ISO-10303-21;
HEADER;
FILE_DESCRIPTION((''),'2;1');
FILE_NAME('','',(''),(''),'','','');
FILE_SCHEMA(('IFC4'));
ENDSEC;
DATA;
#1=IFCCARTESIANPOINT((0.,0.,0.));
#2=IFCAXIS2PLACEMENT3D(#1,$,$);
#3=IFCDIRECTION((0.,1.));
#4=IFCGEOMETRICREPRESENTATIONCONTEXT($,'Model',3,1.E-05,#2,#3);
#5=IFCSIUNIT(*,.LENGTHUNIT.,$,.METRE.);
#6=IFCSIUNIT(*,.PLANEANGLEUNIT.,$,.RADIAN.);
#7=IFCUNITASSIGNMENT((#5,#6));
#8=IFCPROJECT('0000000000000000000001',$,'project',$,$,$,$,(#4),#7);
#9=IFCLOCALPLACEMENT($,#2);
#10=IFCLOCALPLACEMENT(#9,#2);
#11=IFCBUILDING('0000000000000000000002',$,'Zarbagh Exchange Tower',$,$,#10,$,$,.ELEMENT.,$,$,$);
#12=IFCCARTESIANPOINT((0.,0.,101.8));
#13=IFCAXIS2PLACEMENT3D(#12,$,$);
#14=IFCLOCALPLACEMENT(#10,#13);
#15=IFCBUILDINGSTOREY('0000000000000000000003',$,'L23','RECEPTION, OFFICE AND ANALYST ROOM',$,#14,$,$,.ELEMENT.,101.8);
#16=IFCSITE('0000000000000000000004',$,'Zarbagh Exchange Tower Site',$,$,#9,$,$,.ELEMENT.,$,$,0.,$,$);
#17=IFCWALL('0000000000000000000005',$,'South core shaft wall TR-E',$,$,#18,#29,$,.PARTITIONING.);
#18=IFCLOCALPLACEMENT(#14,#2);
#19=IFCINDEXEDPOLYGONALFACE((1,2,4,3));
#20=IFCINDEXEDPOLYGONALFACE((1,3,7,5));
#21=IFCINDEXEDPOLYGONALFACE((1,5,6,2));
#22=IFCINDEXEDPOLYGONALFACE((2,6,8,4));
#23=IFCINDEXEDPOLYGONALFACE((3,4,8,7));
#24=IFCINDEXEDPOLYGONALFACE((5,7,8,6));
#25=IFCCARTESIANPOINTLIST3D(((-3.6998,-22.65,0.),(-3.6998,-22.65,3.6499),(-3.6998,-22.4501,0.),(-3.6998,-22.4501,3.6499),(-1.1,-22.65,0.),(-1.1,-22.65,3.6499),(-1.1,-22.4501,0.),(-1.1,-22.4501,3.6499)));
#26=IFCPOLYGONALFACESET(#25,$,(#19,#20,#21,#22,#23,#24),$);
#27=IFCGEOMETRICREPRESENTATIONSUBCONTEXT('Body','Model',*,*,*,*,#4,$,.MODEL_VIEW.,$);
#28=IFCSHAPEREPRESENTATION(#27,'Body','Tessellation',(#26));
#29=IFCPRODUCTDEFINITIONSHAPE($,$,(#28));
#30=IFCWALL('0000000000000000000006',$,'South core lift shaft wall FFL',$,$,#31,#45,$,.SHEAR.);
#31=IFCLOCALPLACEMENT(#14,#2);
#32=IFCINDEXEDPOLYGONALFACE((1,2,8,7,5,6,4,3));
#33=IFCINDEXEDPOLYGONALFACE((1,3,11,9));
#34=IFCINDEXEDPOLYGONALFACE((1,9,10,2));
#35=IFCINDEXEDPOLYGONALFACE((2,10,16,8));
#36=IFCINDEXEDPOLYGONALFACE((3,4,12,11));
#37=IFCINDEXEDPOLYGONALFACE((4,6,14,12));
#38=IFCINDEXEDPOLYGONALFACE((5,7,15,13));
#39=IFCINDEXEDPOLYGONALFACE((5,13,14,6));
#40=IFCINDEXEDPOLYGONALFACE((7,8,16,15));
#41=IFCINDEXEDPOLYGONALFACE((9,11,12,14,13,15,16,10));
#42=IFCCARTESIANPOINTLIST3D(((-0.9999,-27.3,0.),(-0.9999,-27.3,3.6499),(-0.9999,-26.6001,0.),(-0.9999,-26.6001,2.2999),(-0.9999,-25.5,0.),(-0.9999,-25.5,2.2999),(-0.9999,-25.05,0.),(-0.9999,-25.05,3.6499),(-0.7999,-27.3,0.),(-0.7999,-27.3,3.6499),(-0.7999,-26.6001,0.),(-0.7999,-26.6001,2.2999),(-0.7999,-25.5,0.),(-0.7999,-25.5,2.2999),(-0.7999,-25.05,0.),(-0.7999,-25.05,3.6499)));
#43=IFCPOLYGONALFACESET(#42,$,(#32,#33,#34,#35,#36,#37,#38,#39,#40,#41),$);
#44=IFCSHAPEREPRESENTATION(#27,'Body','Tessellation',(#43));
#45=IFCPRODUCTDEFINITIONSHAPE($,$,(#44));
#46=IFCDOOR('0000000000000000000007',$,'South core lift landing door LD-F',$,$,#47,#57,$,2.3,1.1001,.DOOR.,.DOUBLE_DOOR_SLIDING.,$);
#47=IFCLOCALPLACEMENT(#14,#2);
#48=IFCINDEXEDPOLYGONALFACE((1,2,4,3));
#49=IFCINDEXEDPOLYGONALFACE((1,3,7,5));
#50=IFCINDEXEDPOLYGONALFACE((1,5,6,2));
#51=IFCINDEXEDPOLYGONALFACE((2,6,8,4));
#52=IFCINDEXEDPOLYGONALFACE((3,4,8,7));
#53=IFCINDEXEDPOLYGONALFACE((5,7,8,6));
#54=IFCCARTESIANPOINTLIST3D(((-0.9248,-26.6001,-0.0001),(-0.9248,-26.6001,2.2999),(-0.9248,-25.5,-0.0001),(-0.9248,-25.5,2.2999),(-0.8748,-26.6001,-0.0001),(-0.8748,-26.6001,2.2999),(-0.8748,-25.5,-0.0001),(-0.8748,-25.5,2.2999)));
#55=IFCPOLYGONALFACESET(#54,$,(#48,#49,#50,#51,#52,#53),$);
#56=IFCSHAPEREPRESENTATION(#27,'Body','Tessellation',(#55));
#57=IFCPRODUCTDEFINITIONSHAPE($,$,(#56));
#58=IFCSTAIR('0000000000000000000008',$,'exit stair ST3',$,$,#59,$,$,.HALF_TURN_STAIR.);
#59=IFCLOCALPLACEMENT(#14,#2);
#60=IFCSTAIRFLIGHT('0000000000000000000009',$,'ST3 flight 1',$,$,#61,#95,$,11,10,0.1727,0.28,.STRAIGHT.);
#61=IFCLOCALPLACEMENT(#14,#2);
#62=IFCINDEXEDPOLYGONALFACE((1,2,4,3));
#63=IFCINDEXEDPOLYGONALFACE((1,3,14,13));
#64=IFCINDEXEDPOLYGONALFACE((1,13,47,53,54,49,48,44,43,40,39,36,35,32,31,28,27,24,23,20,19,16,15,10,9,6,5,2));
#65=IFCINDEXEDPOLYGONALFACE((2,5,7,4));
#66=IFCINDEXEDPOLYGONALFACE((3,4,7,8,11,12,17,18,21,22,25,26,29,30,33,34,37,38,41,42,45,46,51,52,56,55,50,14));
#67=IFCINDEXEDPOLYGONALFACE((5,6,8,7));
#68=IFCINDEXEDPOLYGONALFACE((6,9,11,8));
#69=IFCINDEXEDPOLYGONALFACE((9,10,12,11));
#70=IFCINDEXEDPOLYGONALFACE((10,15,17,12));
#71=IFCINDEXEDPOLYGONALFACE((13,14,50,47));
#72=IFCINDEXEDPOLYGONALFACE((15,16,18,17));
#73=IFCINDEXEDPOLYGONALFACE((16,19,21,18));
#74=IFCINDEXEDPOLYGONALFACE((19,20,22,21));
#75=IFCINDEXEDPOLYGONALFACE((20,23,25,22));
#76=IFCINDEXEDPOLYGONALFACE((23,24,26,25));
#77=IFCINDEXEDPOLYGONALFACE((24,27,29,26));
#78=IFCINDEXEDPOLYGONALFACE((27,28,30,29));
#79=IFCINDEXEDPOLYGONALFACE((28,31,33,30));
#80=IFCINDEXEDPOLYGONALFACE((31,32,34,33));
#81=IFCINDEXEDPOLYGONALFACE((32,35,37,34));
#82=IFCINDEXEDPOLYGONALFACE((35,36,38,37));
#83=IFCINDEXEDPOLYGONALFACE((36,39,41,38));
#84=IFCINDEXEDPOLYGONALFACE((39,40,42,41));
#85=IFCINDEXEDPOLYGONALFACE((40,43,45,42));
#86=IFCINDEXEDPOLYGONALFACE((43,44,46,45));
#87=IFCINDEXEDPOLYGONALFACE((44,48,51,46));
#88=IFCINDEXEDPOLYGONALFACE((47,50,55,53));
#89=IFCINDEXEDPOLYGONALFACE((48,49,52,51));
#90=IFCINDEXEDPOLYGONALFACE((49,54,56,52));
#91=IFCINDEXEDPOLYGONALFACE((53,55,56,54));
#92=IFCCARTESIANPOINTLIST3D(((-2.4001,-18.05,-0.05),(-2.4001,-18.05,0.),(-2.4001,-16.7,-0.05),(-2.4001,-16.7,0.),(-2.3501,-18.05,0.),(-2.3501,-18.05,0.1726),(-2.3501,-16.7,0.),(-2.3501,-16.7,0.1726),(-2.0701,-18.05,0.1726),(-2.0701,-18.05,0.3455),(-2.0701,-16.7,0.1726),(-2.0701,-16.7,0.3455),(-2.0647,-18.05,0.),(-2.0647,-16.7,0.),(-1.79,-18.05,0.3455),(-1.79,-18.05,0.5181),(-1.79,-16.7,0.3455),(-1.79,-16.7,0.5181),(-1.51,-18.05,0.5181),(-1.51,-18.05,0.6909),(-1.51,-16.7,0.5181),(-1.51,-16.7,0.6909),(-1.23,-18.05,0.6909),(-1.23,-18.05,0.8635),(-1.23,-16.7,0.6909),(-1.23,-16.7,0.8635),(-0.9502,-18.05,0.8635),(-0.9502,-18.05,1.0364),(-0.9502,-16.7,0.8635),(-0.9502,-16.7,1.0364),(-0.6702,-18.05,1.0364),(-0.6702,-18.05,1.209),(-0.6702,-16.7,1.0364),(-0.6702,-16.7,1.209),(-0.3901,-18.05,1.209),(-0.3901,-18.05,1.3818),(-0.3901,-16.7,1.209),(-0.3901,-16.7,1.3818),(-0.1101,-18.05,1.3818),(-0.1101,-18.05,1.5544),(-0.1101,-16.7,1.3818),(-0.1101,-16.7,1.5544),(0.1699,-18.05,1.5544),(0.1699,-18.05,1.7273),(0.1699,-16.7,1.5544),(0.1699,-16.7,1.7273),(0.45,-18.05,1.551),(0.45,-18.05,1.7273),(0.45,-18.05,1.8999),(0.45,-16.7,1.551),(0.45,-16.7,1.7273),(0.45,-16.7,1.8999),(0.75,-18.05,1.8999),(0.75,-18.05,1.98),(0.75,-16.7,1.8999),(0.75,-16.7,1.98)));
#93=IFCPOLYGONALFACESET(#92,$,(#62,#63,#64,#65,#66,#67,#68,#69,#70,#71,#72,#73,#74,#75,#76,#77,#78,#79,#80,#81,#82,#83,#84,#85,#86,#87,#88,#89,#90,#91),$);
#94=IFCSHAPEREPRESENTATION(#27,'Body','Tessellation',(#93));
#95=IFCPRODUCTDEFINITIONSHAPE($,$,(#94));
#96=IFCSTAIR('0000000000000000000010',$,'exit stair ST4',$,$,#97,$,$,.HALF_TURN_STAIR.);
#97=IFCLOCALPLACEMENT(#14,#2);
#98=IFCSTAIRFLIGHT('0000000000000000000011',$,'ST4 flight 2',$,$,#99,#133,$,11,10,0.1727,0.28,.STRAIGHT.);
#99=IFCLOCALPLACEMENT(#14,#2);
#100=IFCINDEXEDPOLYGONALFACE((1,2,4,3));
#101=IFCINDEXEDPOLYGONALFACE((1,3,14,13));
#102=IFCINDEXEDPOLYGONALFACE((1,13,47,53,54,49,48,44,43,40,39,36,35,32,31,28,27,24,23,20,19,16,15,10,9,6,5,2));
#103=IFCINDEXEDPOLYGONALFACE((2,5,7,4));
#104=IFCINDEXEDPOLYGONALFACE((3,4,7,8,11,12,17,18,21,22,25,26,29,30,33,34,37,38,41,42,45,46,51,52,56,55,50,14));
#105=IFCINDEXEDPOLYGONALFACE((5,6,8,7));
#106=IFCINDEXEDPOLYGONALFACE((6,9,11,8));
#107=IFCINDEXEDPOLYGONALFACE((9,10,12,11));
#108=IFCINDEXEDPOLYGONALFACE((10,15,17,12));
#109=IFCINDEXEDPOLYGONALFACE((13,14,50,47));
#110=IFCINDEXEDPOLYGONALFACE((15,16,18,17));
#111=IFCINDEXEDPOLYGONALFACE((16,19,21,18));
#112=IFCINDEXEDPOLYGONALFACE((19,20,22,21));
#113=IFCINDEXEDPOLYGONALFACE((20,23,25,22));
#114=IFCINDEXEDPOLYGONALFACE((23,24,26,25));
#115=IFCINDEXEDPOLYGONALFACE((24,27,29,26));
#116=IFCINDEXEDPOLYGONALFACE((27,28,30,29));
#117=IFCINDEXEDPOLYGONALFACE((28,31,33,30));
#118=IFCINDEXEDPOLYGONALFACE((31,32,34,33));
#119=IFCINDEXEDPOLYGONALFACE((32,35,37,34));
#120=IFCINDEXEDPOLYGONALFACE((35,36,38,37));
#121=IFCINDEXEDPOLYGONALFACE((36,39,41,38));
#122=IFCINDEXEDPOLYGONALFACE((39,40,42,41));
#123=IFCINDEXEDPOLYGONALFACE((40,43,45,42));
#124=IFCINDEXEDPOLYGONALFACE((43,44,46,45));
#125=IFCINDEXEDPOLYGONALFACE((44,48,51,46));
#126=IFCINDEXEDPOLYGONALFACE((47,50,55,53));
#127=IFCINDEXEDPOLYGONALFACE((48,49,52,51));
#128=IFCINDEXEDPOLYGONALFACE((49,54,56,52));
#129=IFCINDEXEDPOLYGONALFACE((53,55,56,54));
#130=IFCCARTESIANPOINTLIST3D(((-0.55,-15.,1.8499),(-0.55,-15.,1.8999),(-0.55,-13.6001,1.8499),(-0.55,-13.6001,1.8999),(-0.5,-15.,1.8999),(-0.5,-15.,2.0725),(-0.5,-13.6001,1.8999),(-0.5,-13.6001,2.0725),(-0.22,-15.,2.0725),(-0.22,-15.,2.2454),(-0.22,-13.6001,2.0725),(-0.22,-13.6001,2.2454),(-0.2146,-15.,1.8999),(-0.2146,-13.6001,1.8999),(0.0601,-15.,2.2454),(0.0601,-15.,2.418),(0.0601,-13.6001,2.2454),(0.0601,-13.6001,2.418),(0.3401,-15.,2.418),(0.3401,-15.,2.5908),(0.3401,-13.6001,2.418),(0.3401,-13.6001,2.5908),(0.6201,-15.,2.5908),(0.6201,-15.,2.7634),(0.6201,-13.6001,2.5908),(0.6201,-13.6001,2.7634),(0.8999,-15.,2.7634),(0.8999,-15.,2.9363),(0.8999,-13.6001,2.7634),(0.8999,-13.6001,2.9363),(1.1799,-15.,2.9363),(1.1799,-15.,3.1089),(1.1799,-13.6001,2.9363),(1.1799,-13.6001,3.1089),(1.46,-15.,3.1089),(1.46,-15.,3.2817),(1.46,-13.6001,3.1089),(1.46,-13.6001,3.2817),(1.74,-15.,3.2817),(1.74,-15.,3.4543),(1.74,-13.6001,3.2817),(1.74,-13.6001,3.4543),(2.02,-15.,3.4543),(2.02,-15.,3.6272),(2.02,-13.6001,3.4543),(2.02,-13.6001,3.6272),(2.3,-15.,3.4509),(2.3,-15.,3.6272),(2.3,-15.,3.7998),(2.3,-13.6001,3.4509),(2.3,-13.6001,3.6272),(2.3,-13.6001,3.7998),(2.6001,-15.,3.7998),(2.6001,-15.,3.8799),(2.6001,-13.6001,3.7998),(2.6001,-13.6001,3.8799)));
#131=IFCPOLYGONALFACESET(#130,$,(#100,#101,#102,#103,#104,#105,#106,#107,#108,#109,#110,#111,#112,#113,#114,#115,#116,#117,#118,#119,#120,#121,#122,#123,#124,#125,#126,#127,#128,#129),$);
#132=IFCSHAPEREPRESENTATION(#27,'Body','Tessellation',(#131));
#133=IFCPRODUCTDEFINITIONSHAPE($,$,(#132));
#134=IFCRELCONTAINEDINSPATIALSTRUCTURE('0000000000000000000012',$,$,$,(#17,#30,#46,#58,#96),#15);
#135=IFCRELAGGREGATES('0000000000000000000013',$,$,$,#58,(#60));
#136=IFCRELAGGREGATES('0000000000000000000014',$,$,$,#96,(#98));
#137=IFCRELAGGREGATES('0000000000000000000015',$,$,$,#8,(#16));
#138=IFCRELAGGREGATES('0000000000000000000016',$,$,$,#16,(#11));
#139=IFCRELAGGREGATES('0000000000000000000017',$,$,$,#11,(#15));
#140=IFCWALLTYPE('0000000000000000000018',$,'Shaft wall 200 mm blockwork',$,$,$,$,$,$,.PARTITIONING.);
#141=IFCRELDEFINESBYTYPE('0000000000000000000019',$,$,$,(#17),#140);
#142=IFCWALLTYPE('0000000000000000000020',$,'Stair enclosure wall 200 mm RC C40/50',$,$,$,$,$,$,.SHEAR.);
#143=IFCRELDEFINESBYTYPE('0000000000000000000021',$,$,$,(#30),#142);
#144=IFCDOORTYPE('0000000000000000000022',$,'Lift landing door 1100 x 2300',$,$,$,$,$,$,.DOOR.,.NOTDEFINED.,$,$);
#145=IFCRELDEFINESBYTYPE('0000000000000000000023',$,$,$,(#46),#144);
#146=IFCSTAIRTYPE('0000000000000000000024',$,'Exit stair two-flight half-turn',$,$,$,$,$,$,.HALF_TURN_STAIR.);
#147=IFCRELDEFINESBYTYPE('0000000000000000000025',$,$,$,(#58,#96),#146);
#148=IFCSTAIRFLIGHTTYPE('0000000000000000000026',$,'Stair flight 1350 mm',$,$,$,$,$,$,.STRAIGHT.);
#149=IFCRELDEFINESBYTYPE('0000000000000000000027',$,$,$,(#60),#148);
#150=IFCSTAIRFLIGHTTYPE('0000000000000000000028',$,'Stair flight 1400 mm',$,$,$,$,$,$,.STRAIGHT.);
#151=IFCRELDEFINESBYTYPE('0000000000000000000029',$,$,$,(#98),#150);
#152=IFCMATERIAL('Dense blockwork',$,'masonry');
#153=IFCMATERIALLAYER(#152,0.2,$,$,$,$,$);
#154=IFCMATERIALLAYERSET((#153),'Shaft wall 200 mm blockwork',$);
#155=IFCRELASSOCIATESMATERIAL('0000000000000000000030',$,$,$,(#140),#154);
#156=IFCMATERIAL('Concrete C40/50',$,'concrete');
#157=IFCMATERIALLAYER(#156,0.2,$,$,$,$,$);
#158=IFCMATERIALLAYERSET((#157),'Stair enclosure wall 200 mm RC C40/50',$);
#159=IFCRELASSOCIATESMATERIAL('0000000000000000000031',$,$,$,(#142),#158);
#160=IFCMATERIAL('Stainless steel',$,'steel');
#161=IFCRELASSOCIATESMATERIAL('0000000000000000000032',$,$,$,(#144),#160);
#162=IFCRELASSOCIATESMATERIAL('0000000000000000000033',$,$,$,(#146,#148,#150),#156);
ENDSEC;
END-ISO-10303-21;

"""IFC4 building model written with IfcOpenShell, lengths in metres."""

from ifc_helpers import new_model, si_unit, direction, frame, frame_2d, origin, place, context, subcontext, project, spatial, polyline, rectangle, outline, extrude, material, layer, layer_set, type_object, element, fill, aggregate, save


model = new_model("IFC4")

# Units and contexts
model_context = context("Model", 3, precision=1e-05, world=origin(), true_north=direction((0.0, 1.0)))
body_context = subcontext(model_context, "Body", "Model", "MODEL_VIEW")
ifc_project = project(units=[si_unit("LENGTHUNIT", "METRE"), si_unit("PLANEANGLEUNIT", "RADIAN")], contexts=[model_context])

# Site, building, storey
site_placement = place(None, origin())
site = spatial("IfcSite", under=ifc_project, at=site_placement, Name="Zarbagh Exchange Tower Site", CompositionType="ELEMENT", RefElevation=0.0)
building_placement = place(site_placement, origin())
building = spatial("IfcBuilding", under=site, at=building_placement, Name="Zarbagh Exchange Tower", CompositionType="ELEMENT")
storey_placement = place(building_placement, frame((0.0, 0.0, 101.8)))
storey = spatial("IfcBuildingStorey", under=building, at=storey_placement, Name="L23", Description="RECEPTION, OFFICE AND ANALYST ROOM", CompositionType="ELEMENT", Elevation=101.8)

# Shared definitions
ifc_material_1 = material(Name="Concrete C40/50", Category="concrete")

# Wall
ifc_material_2 = material(Name="Dense blockwork", Category="masonry")
ifc_layer_1 = layer(ifc_material_2, 0.2)
ifc_layer_set_1 = layer_set([ifc_layer_1], Name="Shaft wall 200 mm blockwork")
wall_type_1 = type_object("IfcWallType", Name="Shaft wall 200 mm blockwork", PredefinedType="PARTITIONING", material=ifc_layer_set_1)
wall_1_placement = place(storey_placement, frame((-1.1001, -22.55, 0.0), z_axis=(0.0, 0.0, 1.0), x_axis=(-1.0, 0.0, 0.0)))
element("IfcWall", 1, at=wall_1_placement, inside=storey, type_object=wall_type_1, Name="South core shaft wall TR-E", PredefinedType="PARTITIONING", context=body_context, shape_type="SweptSolid", body=[
    extrude(rectangle(XDim=2.5999, YDim=0.2, at=frame_2d((1.2998, 0.0))), origin(), (0.0, 0.0, 1.0), 3.6499),
])

# Wall, opening, door
ifc_layer_2 = layer(ifc_material_1, 0.2)
ifc_layer_set_2 = layer_set([ifc_layer_2], Name="Stair enclosure wall 200 mm RC C40/50")
wall_type_2 = type_object("IfcWallType", Name="Stair enclosure wall 200 mm RC C40/50", PredefinedType="SHEAR", material=ifc_layer_set_2)
wall_2_placement = place(storey_placement, frame((-0.8999, -27.3, 0.0), z_axis=(0.0, 0.0, 1.0), x_axis=(0.0, 1.0, 0.0)))
wall_2 = element("IfcWall", 2, at=wall_2_placement, inside=storey, type_object=wall_type_2, Name="South core lift shaft wall FFL", PredefinedType="SHEAR", context=body_context, shape_type="SweptSolid", body=[
    extrude(rectangle(XDim=2.25, YDim=0.2, at=frame_2d((1.125, 0.0))), origin(), (0.0, 0.0, 1.0), 3.6499),
])
opening_1_placement = place(wall_2_placement, frame((0.7, 0.0, 0.0)))
opening_1 = element("IfcOpeningElement", 3, at=opening_1_placement, cuts=wall_2, PredefinedType="OPENING", context=body_context, shape_type="SweptSolid", body=[
    extrude(rectangle(XDim=1.1001, YDim=2.3, at=frame_2d((0.55, 1.1499))), frame((0.0, 0.1099, 0.0), z_axis=(0.0, -1.0, 0.0), x_axis=(1.0, 0.0, 0.0)), (0.0, 0.0, 1.0), 0.22),
])
ifc_material_3 = material(Name="Stainless steel", Category="steel")
door_type_1 = type_object("IfcDoorType", Name="Lift landing door 1100 x 2300", OperationType="NOTDEFINED", PredefinedType="DOOR", material=ifc_material_3)
door_1_placement = place(opening_1_placement, origin())
door_1 = element("IfcDoor", 4, at=door_1_placement, inside=storey, type_object=door_type_1, Name="South core lift landing door LD-F", OperationType="DOUBLE_DOOR_SLIDING", OverallHeight=2.3, OverallWidth=1.1001, PredefinedType="DOOR", context=body_context, shape_type="SweptSolid", body=[
    extrude(rectangle(XDim=1.1001, YDim=2.3, at=frame_2d((0.55, 1.1499))), frame((0.0, 0.0249, 0.0), z_axis=(0.0, -1.0, 0.0), x_axis=(1.0, 0.0, 0.0)), (0.0, 0.0, 1.0), 0.05),
])
fill(opening_1, door_1)

# Stairs, stair flights
stair_type = type_object("IfcStairType", Name="Exit stair two-flight half-turn", PredefinedType="HALF_TURN_STAIR", material=ifc_material_1)
stair_1_placement = place(storey_placement, origin())
stair_1 = element("IfcStair", 5, at=stair_1_placement, inside=storey, type_object=stair_type, Name="exit stair ST3", PredefinedType="HALF_TURN_STAIR")
stair_flight_type_1 = type_object("IfcStairFlightType", Name="Stair flight 1350 mm", PredefinedType="STRAIGHT", material=ifc_material_1)
stair_flight_1_placement = place(storey_placement, frame((-2.3501, -17.375, 0.0), z_axis=(0.0, 0.0, 1.0), x_axis=(1.0, 0.0, 0.0)))
stair_flight_1 = element("IfcStairFlight", 6, at=stair_flight_1_placement, type_object=stair_flight_type_1, Name="ST3 flight 1", NumberOfRisers=11, NumberOfTreads=10, PredefinedType="STRAIGHT", RiserHeight=0.1727, TreadLength=0.28, context=body_context, shape_type="SweptSolid", body=[
    extrude(outline(polyline([(-0.05, -0.05), (-0.05, 0.0), (0.0, 0.0), (0.0, 0.1726), (0.28, 0.1726), (0.28, 0.3455), (0.5601, 0.3455), (0.5601, 0.5181), (0.8401, 0.5181), (0.8401, 0.6909), (1.1201, 0.6909), (1.1201, 0.8635), (1.3999, 0.8635), (1.3999, 1.0364), (1.6799, 1.0364), (1.6799, 1.209), (1.96, 1.209), (1.96, 1.3818), (2.24, 1.3818), (2.24, 1.5544), (2.52, 1.5544), (2.52, 1.7273), (2.8, 1.7273), (2.8, 1.8999), (3.1001, 1.98), (3.1001, 1.8999), (2.8, 1.551), (0.2854, 0.0), (-0.05, -0.05)])), frame((0.0, 0.675, 0.0), z_axis=(0.0, -1.0, 0.0), x_axis=(1.0, 0.0, 0.0)), (0.0, 0.0, 1.0), 1.3501),
])
aggregate(stair_1, [stair_flight_1])
stair_2_placement = place(storey_placement, origin())
stair_2 = element("IfcStair", 7, at=stair_2_placement, inside=storey, type_object=stair_type, Name="exit stair ST4", PredefinedType="HALF_TURN_STAIR")
stair_flight_type_2 = type_object("IfcStairFlightType", Name="Stair flight 1400 mm", PredefinedType="STRAIGHT", material=ifc_material_1)
stair_flight_2_placement = place(storey_placement, frame((-0.5, -14.3, 1.8999), z_axis=(0.0, 0.0, 1.0), x_axis=(1.0, 0.0, 0.0)))
stair_flight_2 = element("IfcStairFlight", 8, at=stair_flight_2_placement, type_object=stair_flight_type_2, Name="ST4 flight 2", NumberOfRisers=11, NumberOfTreads=10, PredefinedType="STRAIGHT", RiserHeight=0.1727, TreadLength=0.28, context=body_context, shape_type="SweptSolid", body=[
    extrude(outline(polyline([(-0.05, -0.05), (-0.05, 0.0), (0.0, 0.0), (0.0, 0.1726), (0.28, 0.1726), (0.28, 0.3455), (0.5601, 0.3455), (0.5601, 0.5181), (0.8401, 0.5181), (0.8401, 0.6909), (1.1201, 0.6909), (1.1201, 0.8635), (1.3999, 0.8635), (1.3999, 1.0364), (1.6799, 1.0364), (1.6799, 1.209), (1.96, 1.209), (1.96, 1.3818), (2.24, 1.3818), (2.24, 1.5544), (2.52, 1.5544), (2.52, 1.7273), (2.8, 1.7273), (2.8, 1.8999), (3.1001, 1.98), (3.1001, 1.8999), (2.8, 1.551), (0.2854, 0.0), (-0.05, -0.05)])), frame((0.0, 0.7, 0.0), z_axis=(0.0, -1.0, 0.0), x_axis=(1.0, 0.0, 0.0)), (0.0, 0.0, 1.0), 1.3999),
])
aggregate(stair_2, [stair_flight_2])

save(model, "model.ifc")
